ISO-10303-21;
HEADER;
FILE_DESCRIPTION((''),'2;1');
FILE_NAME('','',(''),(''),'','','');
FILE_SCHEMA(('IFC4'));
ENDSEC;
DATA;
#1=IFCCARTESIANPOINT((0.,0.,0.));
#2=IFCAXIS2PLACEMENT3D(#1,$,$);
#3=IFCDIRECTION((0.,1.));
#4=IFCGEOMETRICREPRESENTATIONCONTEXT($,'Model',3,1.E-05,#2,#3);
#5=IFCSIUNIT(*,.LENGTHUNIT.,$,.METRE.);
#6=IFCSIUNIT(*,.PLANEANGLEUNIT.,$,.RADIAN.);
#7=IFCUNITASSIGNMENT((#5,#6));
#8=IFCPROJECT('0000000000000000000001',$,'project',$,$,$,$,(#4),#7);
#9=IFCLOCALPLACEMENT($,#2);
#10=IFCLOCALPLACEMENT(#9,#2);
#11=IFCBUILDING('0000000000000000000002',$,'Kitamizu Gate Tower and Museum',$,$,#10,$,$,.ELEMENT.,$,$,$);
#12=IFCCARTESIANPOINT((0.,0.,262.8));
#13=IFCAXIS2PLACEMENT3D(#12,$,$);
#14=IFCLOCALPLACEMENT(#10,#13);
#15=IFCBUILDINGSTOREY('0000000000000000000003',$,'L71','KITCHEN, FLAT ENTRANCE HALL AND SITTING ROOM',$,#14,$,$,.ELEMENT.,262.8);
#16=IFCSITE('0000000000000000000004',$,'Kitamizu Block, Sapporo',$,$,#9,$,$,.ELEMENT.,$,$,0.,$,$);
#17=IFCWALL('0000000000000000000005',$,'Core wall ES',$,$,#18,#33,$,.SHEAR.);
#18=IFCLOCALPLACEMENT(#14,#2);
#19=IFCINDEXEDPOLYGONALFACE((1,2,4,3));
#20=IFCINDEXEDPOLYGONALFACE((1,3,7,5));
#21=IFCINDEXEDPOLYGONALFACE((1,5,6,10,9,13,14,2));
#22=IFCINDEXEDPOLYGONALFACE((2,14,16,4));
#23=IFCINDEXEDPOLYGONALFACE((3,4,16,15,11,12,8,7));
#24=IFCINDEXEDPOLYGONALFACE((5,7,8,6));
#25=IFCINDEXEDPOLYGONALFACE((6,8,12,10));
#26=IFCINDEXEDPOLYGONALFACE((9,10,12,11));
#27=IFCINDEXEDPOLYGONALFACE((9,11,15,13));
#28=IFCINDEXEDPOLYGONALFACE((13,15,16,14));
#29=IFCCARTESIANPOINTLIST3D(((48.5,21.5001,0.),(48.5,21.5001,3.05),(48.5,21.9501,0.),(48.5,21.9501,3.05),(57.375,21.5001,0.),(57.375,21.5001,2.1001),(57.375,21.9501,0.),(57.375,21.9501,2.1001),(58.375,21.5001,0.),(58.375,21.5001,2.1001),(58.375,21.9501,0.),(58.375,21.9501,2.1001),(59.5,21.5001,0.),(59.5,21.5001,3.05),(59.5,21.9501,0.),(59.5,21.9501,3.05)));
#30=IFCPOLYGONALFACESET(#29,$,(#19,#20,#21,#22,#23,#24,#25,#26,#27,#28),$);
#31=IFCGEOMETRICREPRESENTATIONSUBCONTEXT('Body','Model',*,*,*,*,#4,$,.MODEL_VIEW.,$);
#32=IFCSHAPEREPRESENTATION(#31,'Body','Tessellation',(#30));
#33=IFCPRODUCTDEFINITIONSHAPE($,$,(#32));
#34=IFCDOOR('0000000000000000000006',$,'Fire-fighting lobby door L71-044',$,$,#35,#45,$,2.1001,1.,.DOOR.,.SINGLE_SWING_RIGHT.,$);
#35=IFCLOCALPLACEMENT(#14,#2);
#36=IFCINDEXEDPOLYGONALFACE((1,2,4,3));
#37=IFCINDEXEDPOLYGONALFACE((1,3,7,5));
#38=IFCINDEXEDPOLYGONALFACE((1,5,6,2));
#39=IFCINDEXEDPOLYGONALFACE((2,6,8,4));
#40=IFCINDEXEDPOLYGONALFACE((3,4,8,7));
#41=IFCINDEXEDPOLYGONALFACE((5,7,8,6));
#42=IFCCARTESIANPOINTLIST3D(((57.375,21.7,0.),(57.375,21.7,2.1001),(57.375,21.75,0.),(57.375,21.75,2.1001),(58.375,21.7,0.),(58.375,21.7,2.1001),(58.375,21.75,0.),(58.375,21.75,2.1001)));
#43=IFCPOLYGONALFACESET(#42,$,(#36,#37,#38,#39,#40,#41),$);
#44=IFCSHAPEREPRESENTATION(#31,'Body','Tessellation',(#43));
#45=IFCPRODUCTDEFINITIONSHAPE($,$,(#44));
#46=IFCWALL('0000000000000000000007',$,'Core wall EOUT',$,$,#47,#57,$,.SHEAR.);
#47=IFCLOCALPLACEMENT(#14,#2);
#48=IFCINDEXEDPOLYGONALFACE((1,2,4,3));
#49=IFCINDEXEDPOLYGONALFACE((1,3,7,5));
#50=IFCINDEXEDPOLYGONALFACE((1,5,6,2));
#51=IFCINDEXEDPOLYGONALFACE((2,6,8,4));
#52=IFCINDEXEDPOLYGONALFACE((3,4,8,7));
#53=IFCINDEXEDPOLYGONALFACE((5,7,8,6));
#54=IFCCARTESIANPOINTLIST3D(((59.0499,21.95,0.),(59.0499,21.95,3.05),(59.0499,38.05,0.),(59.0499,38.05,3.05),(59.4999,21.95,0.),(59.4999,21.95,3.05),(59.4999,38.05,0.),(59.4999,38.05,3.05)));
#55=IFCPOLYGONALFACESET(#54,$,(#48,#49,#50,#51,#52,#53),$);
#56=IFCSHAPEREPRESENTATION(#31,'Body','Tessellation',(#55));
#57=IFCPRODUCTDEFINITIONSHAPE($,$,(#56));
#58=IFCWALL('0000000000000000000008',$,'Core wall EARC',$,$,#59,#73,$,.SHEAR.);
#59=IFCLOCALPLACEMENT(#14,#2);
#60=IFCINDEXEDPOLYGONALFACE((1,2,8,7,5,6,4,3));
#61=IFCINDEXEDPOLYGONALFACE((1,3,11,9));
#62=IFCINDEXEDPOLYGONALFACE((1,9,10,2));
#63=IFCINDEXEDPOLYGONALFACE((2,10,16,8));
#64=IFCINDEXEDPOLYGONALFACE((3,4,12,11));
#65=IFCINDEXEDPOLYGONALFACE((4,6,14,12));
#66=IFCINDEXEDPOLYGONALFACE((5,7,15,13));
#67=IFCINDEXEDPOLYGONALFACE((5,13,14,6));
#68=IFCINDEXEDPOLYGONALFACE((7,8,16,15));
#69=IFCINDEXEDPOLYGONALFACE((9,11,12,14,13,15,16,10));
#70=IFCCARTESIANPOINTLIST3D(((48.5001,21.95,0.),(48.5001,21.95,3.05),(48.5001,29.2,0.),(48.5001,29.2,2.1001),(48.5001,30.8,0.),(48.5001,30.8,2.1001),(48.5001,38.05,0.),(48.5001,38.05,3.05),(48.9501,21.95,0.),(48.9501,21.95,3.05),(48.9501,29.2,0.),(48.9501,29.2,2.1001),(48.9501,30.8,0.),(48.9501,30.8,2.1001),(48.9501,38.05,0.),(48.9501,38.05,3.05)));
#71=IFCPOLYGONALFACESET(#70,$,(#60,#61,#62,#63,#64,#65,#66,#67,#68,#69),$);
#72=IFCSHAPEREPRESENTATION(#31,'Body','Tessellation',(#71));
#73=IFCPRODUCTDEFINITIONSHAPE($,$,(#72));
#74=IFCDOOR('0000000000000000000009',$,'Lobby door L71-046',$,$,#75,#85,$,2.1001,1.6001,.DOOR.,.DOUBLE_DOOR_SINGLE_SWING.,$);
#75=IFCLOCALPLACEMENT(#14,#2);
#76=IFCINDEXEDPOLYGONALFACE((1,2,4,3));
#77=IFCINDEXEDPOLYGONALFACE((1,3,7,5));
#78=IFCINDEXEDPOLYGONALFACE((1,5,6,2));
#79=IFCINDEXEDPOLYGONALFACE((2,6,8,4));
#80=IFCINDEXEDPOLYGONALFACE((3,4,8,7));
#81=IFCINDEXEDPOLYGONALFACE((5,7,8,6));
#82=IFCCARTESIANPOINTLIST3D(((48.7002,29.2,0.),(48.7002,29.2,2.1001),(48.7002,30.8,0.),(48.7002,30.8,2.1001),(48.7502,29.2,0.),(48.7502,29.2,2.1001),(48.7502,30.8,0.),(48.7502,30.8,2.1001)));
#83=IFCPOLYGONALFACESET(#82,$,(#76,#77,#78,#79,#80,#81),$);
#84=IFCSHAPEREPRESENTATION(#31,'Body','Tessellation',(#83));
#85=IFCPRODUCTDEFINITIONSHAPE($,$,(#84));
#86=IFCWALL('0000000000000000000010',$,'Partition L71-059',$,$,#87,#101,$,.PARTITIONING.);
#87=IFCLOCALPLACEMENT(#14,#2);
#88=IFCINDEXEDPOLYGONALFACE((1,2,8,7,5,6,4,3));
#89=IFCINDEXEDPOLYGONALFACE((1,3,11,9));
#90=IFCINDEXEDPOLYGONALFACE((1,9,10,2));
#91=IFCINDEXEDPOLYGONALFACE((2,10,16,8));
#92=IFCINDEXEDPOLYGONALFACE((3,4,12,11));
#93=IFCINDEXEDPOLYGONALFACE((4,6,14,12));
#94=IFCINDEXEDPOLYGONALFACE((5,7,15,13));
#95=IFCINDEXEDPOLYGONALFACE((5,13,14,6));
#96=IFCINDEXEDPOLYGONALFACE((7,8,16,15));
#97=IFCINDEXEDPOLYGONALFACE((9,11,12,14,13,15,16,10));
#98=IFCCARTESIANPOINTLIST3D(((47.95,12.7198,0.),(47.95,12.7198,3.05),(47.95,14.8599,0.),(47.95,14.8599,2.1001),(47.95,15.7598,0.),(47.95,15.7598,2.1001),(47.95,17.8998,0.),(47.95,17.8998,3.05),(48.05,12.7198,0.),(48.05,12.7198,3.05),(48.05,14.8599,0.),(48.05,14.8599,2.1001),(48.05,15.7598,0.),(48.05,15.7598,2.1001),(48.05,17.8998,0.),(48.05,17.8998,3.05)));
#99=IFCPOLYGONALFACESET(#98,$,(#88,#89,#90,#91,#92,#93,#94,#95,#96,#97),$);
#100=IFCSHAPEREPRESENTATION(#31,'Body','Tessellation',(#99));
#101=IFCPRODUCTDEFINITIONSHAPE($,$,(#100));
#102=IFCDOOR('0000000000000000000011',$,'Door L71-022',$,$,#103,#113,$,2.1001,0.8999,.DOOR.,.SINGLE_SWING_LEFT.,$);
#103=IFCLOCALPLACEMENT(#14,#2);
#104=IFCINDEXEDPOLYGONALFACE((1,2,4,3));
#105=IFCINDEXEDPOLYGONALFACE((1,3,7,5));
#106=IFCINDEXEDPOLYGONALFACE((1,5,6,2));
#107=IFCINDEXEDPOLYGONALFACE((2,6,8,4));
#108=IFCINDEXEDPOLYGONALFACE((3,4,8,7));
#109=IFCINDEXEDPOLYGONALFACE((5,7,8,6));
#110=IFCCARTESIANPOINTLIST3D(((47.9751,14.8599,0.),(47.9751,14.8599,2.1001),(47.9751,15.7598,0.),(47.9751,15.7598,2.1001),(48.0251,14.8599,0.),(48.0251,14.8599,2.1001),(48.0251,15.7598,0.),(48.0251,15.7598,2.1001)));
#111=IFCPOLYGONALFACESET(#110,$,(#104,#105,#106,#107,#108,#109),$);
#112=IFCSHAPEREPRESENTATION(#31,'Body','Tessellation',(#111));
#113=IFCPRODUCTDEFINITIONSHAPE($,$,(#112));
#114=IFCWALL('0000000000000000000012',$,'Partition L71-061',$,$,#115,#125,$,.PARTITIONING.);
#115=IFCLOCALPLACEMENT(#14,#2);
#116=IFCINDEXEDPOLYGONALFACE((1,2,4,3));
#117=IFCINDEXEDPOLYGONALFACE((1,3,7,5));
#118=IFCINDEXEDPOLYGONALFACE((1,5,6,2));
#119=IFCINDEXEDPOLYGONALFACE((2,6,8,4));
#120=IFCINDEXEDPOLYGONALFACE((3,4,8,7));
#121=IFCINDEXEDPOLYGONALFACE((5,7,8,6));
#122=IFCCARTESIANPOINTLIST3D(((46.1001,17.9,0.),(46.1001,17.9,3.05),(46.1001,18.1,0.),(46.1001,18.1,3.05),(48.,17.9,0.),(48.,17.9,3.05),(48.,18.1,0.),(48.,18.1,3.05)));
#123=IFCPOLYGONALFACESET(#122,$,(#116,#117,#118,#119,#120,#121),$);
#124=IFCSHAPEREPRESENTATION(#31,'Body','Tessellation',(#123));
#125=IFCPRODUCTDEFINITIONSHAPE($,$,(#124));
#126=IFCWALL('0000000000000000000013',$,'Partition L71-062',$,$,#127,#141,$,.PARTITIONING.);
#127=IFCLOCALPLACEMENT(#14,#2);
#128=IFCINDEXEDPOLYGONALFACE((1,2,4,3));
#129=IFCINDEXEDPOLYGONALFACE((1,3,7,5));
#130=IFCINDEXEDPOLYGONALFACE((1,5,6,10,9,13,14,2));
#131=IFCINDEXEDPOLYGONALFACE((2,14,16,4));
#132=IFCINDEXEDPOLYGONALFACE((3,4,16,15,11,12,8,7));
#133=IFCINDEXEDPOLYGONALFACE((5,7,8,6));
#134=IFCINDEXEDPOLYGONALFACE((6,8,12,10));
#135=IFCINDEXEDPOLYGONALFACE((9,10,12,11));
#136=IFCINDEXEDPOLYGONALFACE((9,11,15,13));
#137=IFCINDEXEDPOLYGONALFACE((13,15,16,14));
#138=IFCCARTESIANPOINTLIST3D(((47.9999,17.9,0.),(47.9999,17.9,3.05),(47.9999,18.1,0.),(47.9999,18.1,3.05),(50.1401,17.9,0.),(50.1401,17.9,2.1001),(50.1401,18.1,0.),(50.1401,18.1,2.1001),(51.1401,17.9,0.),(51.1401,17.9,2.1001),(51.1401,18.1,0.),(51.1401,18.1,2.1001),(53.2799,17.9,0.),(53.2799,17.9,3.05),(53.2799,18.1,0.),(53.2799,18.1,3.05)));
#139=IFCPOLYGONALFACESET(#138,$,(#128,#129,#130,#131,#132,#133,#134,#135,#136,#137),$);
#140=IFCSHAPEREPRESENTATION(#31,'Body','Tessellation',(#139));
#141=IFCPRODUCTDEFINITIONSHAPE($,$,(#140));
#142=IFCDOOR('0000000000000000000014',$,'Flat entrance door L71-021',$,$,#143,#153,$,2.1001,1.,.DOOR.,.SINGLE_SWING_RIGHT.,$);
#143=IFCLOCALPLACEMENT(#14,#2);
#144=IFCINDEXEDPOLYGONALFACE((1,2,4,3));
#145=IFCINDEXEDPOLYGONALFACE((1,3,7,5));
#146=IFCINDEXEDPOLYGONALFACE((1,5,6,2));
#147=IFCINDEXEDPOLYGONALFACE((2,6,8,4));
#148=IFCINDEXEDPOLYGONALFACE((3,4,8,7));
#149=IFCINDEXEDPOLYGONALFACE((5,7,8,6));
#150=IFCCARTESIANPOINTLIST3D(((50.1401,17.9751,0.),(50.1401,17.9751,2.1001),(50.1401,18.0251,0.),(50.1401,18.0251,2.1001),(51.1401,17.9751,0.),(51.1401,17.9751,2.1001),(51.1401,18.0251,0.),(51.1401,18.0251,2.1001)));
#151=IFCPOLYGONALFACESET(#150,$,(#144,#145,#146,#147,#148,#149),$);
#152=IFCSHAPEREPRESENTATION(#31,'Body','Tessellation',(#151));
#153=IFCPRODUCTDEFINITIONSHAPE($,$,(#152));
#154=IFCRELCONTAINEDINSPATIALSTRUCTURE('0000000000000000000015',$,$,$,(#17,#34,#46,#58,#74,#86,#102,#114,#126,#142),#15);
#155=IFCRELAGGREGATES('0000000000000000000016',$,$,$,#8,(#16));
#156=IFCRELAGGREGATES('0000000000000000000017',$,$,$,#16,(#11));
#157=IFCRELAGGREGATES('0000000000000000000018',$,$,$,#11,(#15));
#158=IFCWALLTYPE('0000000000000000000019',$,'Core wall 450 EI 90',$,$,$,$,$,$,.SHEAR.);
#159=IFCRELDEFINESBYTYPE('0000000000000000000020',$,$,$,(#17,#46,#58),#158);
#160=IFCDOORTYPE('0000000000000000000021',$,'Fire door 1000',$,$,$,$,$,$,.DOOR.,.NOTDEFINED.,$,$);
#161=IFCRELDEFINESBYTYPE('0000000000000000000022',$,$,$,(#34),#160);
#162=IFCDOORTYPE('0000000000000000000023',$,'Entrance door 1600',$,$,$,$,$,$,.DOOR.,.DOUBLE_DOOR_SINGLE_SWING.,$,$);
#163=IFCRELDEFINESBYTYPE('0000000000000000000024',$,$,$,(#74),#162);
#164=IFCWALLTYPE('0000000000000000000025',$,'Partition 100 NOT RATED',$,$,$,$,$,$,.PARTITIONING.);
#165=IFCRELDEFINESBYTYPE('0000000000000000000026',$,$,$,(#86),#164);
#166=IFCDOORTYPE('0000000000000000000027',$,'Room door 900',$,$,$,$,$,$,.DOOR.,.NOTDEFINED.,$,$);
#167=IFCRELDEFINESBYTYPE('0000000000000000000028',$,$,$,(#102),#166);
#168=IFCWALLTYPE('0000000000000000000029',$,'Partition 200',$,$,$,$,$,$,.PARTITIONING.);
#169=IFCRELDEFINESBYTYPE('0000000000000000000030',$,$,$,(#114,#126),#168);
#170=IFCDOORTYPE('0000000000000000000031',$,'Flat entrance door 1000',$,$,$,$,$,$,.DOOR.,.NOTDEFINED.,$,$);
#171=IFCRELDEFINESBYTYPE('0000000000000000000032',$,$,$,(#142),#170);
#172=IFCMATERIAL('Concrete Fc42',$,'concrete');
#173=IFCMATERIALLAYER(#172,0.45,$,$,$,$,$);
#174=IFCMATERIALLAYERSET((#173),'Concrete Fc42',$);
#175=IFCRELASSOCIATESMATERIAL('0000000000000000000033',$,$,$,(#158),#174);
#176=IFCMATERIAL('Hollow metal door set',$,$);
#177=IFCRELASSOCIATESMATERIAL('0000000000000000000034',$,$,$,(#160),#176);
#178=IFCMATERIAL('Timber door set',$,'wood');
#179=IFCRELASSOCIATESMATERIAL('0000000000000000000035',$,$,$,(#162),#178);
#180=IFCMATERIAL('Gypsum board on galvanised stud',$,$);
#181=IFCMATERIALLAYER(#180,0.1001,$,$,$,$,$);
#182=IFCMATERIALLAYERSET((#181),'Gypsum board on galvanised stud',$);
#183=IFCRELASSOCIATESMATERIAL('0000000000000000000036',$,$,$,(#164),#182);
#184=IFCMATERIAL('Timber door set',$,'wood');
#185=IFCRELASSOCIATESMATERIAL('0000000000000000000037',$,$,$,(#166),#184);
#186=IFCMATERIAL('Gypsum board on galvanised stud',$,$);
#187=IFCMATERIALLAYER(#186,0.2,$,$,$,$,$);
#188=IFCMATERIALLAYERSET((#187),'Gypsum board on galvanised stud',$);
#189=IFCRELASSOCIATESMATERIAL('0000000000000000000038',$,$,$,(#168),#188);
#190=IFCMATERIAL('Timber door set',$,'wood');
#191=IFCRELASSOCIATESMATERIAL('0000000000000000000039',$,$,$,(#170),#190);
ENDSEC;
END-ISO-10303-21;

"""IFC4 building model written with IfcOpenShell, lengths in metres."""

from ifc_helpers import new_model, si_unit, direction, frame, frame_2d, origin, place, context, subcontext, project, spatial, rectangle, extrude, material, layer, layer_set, type_object, element, fill, save


model = new_model("IFC4")

# Units and contexts
model_context = context("Model", 3, precision=1e-05, world=origin(), true_north=direction((0.0, 1.0)))
body_context = subcontext(model_context, "Body", "Model", "MODEL_VIEW")
ifc_project = project(units=[si_unit("LENGTHUNIT", "METRE"), si_unit("PLANEANGLEUNIT", "RADIAN")], contexts=[model_context])

# Site, building, storey
site_placement = place(None, origin())
site = spatial("IfcSite", under=ifc_project, at=site_placement, Name="Kitamizu Block, Sapporo", CompositionType="ELEMENT", RefElevation=0.0)
building_placement = place(site_placement, origin())
building = spatial("IfcBuilding", under=site, at=building_placement, Name="Kitamizu Gate Tower and Museum", CompositionType="ELEMENT")
storey_placement = place(building_placement, frame((0.0, 0.0, 262.8)))
storey = spatial("IfcBuildingStorey", under=building, at=storey_placement, Name="L71", Description="KITCHEN, FLAT ENTRANCE HALL AND SITTING ROOM", CompositionType="ELEMENT", Elevation=262.8)

# Wall, opening, door
ifc_material_1 = material(Name="Concrete Fc42", Category="concrete")
ifc_layer_1 = layer(ifc_material_1, 0.45)
ifc_layer_set_1 = layer_set([ifc_layer_1], Name="Concrete Fc42")
wall_type_1 = type_object("IfcWallType", Name="Core wall 450 EI 90", PredefinedType="SHEAR", material=ifc_layer_set_1)
wall_1_placement = place(storey_placement, frame((59.5, 21.7251, 0.0), z_axis=(0.0, 0.0, 1.0), x_axis=(-1.0, 0.0, 0.0)))
wall_1 = element("IfcWall", 1, at=wall_1_placement, inside=storey, type_object=wall_type_1, Name="Core wall ES", PredefinedType="SHEAR", context=body_context, shape_type="SweptSolid", body=[
    extrude(rectangle(XDim=11.0, YDim=0.45, at=frame_2d((5.5, 0.0))), origin(), (0.0, 0.0, 1.0), 3.05),
])
opening_1_placement = place(wall_1_placement, frame((1.125, 0.0, 0.0)))
opening_1 = element("IfcOpeningElement", 2, at=opening_1_placement, cuts=wall_1, PredefinedType="OPENING", context=body_context, shape_type="SweptSolid", body=[
    extrude(rectangle(XDim=1.0, YDim=2.1001, at=frame_2d((0.5, 1.05))), frame((0.0, 0.2349, 0.0), z_axis=(0.0, -1.0, 0.0), x_axis=(1.0, 0.0, 0.0)), (0.0, 0.0, 1.0), 0.47),
])
ifc_material_2 = material(Name="Hollow metal door set")
door_type_1 = type_object("IfcDoorType", Name="Fire door 1000", OperationType="NOTDEFINED", PredefinedType="DOOR", material=ifc_material_2)
door_1_placement = place(opening_1_placement, frame((1.0, 0.0, 0.0), x_axis=(-1.0, 0.0, 0.0)))
door_1 = element("IfcDoor", 3, at=door_1_placement, inside=storey, type_object=door_type_1, Name="Fire-fighting lobby door L71-044", OperationType="SINGLE_SWING_RIGHT", OverallHeight=2.1001, OverallWidth=1.0, PredefinedType="DOOR", context=body_context, shape_type="SweptSolid", body=[
    extrude(rectangle(XDim=1.0, YDim=2.1001, at=frame_2d((0.5, 1.05))), frame((0.0, 0.0249, 0.0), z_axis=(0.0, -1.0, 0.0), x_axis=(1.0, 0.0, 0.0)), (0.0, 0.0, 1.0), 0.05),
])
fill(opening_1, door_1)

# Wall
wall_2_placement = place(storey_placement, frame((59.2749, 21.95, 0.0), z_axis=(0.0, 0.0, 1.0), x_axis=(0.0, 1.0, 0.0)))
element("IfcWall", 4, at=wall_2_placement, inside=storey, type_object=wall_type_1, Name="Core wall EOUT", PredefinedType="SHEAR", context=body_context, shape_type="SweptSolid", body=[
    extrude(rectangle(XDim=16.1001, YDim=0.45, at=frame_2d((8.05, 0.0))), origin(), (0.0, 0.0, 1.0), 3.05),
])

# Walls, openings, doors
wall_3_placement = place(storey_placement, frame((48.7251, 21.95, 0.0), z_axis=(0.0, 0.0, 1.0), x_axis=(0.0, 1.0, 0.0)))
wall_3 = element("IfcWall", 5, at=wall_3_placement, inside=storey, type_object=wall_type_1, Name="Core wall EARC", PredefinedType="SHEAR", context=body_context, shape_type="SweptSolid", body=[
    extrude(rectangle(XDim=16.1001, YDim=0.45, at=frame_2d((8.05, 0.0))), origin(), (0.0, 0.0, 1.0), 3.05),
])
opening_2_placement = place(wall_3_placement, frame((7.25, 0.0, 0.0)))
opening_2 = element("IfcOpeningElement", 6, at=opening_2_placement, cuts=wall_3, PredefinedType="OPENING", context=body_context, shape_type="SweptSolid", body=[
    extrude(rectangle(XDim=1.6001, YDim=2.1001, at=frame_2d((0.8, 1.05))), frame((0.0, 0.2349, 0.0), z_axis=(0.0, -1.0, 0.0), x_axis=(1.0, 0.0, 0.0)), (0.0, 0.0, 1.0), 0.47),
])
ifc_material_3 = material(Name="Timber door set", Category="wood")
door_type_2 = type_object("IfcDoorType", Name="Entrance door 1600", OperationType="DOUBLE_DOOR_SINGLE_SWING", PredefinedType="DOOR", material=ifc_material_3)
door_2_placement = place(opening_2_placement, origin())
door_2 = element("IfcDoor", 7, at=door_2_placement, inside=storey, type_object=door_type_2, Name="Lobby door L71-046", OperationType="DOUBLE_DOOR_SINGLE_SWING", OverallHeight=2.1001, OverallWidth=1.6001, PredefinedType="DOOR", context=body_context, shape_type="SweptSolid", body=[
    extrude(rectangle(XDim=1.6001, YDim=2.1001, at=frame_2d((0.8, 1.05))), frame((0.0, 0.0249, 0.0), z_axis=(0.0, -1.0, 0.0), x_axis=(1.0, 0.0, 0.0)), (0.0, 0.0, 1.0), 0.05),
])
fill(opening_2, door_2)
ifc_material_4 = material(Name="Gypsum board on galvanised stud")
ifc_layer_2 = layer(ifc_material_4, 0.1001)
ifc_layer_set_2 = layer_set([ifc_layer_2], Name="Gypsum board on galvanised stud")
wall_type_2 = type_object("IfcWallType", Name="Partition 100 NOT RATED", PredefinedType="PARTITIONING", material=ifc_layer_set_2)
wall_4_placement = place(storey_placement, frame((48.0, 12.72, 0.0), z_axis=(0.0, 0.0, 1.0), x_axis=(0.0, 1.0, 0.0)))
wall_4 = element("IfcWall", 8, at=wall_4_placement, inside=storey, type_object=wall_type_2, Name="Partition L71-059", PredefinedType="PARTITIONING", context=body_context, shape_type="SweptSolid", body=[
    extrude(rectangle(XDim=5.1799, YDim=0.1001, at=frame_2d((2.5898, 0.0))), origin(), (0.0, 0.0, 1.0), 3.05),
])
opening_3_placement = place(wall_4_placement, frame((2.1399, 0.0, 0.0)))
opening_3 = element("IfcOpeningElement", 9, at=opening_3_placement, cuts=wall_4, PredefinedType="OPENING", context=body_context, shape_type="SweptSolid", body=[
    extrude(rectangle(XDim=0.8999, YDim=2.1001, at=frame_2d((0.45, 1.05))), frame((0.0, 0.0601, 0.0), z_axis=(0.0, -1.0, 0.0), x_axis=(1.0, 0.0, 0.0)), (0.0, 0.0, 1.0), 0.1201),
])
ifc_material_5 = material(Name="Timber door set", Category="wood")
door_type_3 = type_object("IfcDoorType", Name="Room door 900", OperationType="NOTDEFINED", PredefinedType="DOOR", material=ifc_material_5)
door_3_placement = place(opening_3_placement, origin())
door_3 = element("IfcDoor", 10, at=door_3_placement, inside=storey, type_object=door_type_3, Name="Door L71-022", OperationType="SINGLE_SWING_LEFT", OverallHeight=2.1001, OverallWidth=0.8999, PredefinedType="DOOR", context=body_context, shape_type="SweptSolid", body=[
    extrude(rectangle(XDim=0.8999, YDim=2.1001, at=frame_2d((0.45, 1.05))), frame((0.0, 0.0249, 0.0), z_axis=(0.0, -1.0, 0.0), x_axis=(1.0, 0.0, 0.0)), (0.0, 0.0, 1.0), 0.05),
])
fill(opening_3, door_3)

# Wall
ifc_material_6 = material(Name="Gypsum board on galvanised stud")
ifc_layer_3 = layer(ifc_material_6, 0.2)
ifc_layer_set_3 = layer_set([ifc_layer_3], Name="Gypsum board on galvanised stud")
wall_type_3 = type_object("IfcWallType", Name="Partition 200", PredefinedType="PARTITIONING", material=ifc_layer_set_3)
wall_5_placement = place(storey_placement, frame((48.0, 18.0, 0.0), z_axis=(0.0, 0.0, 1.0), x_axis=(-1.0, 0.0, 0.0)))
element("IfcWall", 11, at=wall_5_placement, inside=storey, type_object=wall_type_3, Name="Partition L71-061", PredefinedType="PARTITIONING", context=body_context, shape_type="SweptSolid", body=[
    extrude(rectangle(XDim=1.8999, YDim=0.2, at=frame_2d((0.95, 0.0))), origin(), (0.0, 0.0, 1.0), 3.05),
])

# Wall, opening, door
wall_6_placement = place(storey_placement, frame((53.28, 18.0, 0.0), z_axis=(0.0, 0.0, 1.0), x_axis=(-1.0, 0.0, 0.0)))
wall_6 = element("IfcWall", 12, at=wall_6_placement, inside=storey, type_object=wall_type_3, Name="Partition L71-062", PredefinedType="PARTITIONING", context=body_context, shape_type="SweptSolid", body=[
    extrude(rectangle(XDim=5.28, YDim=0.2, at=frame_2d((2.6401, 0.0))), origin(), (0.0, 0.0, 1.0), 3.05),
])
opening_4_placement = place(wall_6_placement, frame((2.1399, 0.0, 0.0)))
opening_4 = element("IfcOpeningElement", 13, at=opening_4_placement, cuts=wall_6, PredefinedType="OPENING", context=body_context, shape_type="SweptSolid", body=[
    extrude(rectangle(XDim=1.0, YDim=2.1001, at=frame_2d((0.5, 1.05))), frame((0.0, 0.1099, 0.0), z_axis=(0.0, -1.0, 0.0), x_axis=(1.0, 0.0, 0.0)), (0.0, 0.0, 1.0), 0.22),
])
ifc_material_7 = material(Name="Timber door set", Category="wood")
door_type_4 = type_object("IfcDoorType", Name="Flat entrance door 1000", OperationType="NOTDEFINED", PredefinedType="DOOR", material=ifc_material_7)
door_4_placement = place(opening_4_placement, origin())
door_4 = element("IfcDoor", 14, at=door_4_placement, inside=storey, type_object=door_type_4, Name="Flat entrance door L71-021", OperationType="SINGLE_SWING_RIGHT", OverallHeight=2.1001, OverallWidth=1.0, PredefinedType="DOOR", context=body_context, shape_type="SweptSolid", body=[
    extrude(rectangle(XDim=1.0, YDim=2.1001, at=frame_2d((0.5, 1.05))), frame((0.0, 0.0249, 0.0), z_axis=(0.0, -1.0, 0.0), x_axis=(1.0, 0.0, 0.0)), (0.0, 0.0, 1.0), 0.05),
])
fill(opening_4, door_4)

save(model, "model.ifc")
